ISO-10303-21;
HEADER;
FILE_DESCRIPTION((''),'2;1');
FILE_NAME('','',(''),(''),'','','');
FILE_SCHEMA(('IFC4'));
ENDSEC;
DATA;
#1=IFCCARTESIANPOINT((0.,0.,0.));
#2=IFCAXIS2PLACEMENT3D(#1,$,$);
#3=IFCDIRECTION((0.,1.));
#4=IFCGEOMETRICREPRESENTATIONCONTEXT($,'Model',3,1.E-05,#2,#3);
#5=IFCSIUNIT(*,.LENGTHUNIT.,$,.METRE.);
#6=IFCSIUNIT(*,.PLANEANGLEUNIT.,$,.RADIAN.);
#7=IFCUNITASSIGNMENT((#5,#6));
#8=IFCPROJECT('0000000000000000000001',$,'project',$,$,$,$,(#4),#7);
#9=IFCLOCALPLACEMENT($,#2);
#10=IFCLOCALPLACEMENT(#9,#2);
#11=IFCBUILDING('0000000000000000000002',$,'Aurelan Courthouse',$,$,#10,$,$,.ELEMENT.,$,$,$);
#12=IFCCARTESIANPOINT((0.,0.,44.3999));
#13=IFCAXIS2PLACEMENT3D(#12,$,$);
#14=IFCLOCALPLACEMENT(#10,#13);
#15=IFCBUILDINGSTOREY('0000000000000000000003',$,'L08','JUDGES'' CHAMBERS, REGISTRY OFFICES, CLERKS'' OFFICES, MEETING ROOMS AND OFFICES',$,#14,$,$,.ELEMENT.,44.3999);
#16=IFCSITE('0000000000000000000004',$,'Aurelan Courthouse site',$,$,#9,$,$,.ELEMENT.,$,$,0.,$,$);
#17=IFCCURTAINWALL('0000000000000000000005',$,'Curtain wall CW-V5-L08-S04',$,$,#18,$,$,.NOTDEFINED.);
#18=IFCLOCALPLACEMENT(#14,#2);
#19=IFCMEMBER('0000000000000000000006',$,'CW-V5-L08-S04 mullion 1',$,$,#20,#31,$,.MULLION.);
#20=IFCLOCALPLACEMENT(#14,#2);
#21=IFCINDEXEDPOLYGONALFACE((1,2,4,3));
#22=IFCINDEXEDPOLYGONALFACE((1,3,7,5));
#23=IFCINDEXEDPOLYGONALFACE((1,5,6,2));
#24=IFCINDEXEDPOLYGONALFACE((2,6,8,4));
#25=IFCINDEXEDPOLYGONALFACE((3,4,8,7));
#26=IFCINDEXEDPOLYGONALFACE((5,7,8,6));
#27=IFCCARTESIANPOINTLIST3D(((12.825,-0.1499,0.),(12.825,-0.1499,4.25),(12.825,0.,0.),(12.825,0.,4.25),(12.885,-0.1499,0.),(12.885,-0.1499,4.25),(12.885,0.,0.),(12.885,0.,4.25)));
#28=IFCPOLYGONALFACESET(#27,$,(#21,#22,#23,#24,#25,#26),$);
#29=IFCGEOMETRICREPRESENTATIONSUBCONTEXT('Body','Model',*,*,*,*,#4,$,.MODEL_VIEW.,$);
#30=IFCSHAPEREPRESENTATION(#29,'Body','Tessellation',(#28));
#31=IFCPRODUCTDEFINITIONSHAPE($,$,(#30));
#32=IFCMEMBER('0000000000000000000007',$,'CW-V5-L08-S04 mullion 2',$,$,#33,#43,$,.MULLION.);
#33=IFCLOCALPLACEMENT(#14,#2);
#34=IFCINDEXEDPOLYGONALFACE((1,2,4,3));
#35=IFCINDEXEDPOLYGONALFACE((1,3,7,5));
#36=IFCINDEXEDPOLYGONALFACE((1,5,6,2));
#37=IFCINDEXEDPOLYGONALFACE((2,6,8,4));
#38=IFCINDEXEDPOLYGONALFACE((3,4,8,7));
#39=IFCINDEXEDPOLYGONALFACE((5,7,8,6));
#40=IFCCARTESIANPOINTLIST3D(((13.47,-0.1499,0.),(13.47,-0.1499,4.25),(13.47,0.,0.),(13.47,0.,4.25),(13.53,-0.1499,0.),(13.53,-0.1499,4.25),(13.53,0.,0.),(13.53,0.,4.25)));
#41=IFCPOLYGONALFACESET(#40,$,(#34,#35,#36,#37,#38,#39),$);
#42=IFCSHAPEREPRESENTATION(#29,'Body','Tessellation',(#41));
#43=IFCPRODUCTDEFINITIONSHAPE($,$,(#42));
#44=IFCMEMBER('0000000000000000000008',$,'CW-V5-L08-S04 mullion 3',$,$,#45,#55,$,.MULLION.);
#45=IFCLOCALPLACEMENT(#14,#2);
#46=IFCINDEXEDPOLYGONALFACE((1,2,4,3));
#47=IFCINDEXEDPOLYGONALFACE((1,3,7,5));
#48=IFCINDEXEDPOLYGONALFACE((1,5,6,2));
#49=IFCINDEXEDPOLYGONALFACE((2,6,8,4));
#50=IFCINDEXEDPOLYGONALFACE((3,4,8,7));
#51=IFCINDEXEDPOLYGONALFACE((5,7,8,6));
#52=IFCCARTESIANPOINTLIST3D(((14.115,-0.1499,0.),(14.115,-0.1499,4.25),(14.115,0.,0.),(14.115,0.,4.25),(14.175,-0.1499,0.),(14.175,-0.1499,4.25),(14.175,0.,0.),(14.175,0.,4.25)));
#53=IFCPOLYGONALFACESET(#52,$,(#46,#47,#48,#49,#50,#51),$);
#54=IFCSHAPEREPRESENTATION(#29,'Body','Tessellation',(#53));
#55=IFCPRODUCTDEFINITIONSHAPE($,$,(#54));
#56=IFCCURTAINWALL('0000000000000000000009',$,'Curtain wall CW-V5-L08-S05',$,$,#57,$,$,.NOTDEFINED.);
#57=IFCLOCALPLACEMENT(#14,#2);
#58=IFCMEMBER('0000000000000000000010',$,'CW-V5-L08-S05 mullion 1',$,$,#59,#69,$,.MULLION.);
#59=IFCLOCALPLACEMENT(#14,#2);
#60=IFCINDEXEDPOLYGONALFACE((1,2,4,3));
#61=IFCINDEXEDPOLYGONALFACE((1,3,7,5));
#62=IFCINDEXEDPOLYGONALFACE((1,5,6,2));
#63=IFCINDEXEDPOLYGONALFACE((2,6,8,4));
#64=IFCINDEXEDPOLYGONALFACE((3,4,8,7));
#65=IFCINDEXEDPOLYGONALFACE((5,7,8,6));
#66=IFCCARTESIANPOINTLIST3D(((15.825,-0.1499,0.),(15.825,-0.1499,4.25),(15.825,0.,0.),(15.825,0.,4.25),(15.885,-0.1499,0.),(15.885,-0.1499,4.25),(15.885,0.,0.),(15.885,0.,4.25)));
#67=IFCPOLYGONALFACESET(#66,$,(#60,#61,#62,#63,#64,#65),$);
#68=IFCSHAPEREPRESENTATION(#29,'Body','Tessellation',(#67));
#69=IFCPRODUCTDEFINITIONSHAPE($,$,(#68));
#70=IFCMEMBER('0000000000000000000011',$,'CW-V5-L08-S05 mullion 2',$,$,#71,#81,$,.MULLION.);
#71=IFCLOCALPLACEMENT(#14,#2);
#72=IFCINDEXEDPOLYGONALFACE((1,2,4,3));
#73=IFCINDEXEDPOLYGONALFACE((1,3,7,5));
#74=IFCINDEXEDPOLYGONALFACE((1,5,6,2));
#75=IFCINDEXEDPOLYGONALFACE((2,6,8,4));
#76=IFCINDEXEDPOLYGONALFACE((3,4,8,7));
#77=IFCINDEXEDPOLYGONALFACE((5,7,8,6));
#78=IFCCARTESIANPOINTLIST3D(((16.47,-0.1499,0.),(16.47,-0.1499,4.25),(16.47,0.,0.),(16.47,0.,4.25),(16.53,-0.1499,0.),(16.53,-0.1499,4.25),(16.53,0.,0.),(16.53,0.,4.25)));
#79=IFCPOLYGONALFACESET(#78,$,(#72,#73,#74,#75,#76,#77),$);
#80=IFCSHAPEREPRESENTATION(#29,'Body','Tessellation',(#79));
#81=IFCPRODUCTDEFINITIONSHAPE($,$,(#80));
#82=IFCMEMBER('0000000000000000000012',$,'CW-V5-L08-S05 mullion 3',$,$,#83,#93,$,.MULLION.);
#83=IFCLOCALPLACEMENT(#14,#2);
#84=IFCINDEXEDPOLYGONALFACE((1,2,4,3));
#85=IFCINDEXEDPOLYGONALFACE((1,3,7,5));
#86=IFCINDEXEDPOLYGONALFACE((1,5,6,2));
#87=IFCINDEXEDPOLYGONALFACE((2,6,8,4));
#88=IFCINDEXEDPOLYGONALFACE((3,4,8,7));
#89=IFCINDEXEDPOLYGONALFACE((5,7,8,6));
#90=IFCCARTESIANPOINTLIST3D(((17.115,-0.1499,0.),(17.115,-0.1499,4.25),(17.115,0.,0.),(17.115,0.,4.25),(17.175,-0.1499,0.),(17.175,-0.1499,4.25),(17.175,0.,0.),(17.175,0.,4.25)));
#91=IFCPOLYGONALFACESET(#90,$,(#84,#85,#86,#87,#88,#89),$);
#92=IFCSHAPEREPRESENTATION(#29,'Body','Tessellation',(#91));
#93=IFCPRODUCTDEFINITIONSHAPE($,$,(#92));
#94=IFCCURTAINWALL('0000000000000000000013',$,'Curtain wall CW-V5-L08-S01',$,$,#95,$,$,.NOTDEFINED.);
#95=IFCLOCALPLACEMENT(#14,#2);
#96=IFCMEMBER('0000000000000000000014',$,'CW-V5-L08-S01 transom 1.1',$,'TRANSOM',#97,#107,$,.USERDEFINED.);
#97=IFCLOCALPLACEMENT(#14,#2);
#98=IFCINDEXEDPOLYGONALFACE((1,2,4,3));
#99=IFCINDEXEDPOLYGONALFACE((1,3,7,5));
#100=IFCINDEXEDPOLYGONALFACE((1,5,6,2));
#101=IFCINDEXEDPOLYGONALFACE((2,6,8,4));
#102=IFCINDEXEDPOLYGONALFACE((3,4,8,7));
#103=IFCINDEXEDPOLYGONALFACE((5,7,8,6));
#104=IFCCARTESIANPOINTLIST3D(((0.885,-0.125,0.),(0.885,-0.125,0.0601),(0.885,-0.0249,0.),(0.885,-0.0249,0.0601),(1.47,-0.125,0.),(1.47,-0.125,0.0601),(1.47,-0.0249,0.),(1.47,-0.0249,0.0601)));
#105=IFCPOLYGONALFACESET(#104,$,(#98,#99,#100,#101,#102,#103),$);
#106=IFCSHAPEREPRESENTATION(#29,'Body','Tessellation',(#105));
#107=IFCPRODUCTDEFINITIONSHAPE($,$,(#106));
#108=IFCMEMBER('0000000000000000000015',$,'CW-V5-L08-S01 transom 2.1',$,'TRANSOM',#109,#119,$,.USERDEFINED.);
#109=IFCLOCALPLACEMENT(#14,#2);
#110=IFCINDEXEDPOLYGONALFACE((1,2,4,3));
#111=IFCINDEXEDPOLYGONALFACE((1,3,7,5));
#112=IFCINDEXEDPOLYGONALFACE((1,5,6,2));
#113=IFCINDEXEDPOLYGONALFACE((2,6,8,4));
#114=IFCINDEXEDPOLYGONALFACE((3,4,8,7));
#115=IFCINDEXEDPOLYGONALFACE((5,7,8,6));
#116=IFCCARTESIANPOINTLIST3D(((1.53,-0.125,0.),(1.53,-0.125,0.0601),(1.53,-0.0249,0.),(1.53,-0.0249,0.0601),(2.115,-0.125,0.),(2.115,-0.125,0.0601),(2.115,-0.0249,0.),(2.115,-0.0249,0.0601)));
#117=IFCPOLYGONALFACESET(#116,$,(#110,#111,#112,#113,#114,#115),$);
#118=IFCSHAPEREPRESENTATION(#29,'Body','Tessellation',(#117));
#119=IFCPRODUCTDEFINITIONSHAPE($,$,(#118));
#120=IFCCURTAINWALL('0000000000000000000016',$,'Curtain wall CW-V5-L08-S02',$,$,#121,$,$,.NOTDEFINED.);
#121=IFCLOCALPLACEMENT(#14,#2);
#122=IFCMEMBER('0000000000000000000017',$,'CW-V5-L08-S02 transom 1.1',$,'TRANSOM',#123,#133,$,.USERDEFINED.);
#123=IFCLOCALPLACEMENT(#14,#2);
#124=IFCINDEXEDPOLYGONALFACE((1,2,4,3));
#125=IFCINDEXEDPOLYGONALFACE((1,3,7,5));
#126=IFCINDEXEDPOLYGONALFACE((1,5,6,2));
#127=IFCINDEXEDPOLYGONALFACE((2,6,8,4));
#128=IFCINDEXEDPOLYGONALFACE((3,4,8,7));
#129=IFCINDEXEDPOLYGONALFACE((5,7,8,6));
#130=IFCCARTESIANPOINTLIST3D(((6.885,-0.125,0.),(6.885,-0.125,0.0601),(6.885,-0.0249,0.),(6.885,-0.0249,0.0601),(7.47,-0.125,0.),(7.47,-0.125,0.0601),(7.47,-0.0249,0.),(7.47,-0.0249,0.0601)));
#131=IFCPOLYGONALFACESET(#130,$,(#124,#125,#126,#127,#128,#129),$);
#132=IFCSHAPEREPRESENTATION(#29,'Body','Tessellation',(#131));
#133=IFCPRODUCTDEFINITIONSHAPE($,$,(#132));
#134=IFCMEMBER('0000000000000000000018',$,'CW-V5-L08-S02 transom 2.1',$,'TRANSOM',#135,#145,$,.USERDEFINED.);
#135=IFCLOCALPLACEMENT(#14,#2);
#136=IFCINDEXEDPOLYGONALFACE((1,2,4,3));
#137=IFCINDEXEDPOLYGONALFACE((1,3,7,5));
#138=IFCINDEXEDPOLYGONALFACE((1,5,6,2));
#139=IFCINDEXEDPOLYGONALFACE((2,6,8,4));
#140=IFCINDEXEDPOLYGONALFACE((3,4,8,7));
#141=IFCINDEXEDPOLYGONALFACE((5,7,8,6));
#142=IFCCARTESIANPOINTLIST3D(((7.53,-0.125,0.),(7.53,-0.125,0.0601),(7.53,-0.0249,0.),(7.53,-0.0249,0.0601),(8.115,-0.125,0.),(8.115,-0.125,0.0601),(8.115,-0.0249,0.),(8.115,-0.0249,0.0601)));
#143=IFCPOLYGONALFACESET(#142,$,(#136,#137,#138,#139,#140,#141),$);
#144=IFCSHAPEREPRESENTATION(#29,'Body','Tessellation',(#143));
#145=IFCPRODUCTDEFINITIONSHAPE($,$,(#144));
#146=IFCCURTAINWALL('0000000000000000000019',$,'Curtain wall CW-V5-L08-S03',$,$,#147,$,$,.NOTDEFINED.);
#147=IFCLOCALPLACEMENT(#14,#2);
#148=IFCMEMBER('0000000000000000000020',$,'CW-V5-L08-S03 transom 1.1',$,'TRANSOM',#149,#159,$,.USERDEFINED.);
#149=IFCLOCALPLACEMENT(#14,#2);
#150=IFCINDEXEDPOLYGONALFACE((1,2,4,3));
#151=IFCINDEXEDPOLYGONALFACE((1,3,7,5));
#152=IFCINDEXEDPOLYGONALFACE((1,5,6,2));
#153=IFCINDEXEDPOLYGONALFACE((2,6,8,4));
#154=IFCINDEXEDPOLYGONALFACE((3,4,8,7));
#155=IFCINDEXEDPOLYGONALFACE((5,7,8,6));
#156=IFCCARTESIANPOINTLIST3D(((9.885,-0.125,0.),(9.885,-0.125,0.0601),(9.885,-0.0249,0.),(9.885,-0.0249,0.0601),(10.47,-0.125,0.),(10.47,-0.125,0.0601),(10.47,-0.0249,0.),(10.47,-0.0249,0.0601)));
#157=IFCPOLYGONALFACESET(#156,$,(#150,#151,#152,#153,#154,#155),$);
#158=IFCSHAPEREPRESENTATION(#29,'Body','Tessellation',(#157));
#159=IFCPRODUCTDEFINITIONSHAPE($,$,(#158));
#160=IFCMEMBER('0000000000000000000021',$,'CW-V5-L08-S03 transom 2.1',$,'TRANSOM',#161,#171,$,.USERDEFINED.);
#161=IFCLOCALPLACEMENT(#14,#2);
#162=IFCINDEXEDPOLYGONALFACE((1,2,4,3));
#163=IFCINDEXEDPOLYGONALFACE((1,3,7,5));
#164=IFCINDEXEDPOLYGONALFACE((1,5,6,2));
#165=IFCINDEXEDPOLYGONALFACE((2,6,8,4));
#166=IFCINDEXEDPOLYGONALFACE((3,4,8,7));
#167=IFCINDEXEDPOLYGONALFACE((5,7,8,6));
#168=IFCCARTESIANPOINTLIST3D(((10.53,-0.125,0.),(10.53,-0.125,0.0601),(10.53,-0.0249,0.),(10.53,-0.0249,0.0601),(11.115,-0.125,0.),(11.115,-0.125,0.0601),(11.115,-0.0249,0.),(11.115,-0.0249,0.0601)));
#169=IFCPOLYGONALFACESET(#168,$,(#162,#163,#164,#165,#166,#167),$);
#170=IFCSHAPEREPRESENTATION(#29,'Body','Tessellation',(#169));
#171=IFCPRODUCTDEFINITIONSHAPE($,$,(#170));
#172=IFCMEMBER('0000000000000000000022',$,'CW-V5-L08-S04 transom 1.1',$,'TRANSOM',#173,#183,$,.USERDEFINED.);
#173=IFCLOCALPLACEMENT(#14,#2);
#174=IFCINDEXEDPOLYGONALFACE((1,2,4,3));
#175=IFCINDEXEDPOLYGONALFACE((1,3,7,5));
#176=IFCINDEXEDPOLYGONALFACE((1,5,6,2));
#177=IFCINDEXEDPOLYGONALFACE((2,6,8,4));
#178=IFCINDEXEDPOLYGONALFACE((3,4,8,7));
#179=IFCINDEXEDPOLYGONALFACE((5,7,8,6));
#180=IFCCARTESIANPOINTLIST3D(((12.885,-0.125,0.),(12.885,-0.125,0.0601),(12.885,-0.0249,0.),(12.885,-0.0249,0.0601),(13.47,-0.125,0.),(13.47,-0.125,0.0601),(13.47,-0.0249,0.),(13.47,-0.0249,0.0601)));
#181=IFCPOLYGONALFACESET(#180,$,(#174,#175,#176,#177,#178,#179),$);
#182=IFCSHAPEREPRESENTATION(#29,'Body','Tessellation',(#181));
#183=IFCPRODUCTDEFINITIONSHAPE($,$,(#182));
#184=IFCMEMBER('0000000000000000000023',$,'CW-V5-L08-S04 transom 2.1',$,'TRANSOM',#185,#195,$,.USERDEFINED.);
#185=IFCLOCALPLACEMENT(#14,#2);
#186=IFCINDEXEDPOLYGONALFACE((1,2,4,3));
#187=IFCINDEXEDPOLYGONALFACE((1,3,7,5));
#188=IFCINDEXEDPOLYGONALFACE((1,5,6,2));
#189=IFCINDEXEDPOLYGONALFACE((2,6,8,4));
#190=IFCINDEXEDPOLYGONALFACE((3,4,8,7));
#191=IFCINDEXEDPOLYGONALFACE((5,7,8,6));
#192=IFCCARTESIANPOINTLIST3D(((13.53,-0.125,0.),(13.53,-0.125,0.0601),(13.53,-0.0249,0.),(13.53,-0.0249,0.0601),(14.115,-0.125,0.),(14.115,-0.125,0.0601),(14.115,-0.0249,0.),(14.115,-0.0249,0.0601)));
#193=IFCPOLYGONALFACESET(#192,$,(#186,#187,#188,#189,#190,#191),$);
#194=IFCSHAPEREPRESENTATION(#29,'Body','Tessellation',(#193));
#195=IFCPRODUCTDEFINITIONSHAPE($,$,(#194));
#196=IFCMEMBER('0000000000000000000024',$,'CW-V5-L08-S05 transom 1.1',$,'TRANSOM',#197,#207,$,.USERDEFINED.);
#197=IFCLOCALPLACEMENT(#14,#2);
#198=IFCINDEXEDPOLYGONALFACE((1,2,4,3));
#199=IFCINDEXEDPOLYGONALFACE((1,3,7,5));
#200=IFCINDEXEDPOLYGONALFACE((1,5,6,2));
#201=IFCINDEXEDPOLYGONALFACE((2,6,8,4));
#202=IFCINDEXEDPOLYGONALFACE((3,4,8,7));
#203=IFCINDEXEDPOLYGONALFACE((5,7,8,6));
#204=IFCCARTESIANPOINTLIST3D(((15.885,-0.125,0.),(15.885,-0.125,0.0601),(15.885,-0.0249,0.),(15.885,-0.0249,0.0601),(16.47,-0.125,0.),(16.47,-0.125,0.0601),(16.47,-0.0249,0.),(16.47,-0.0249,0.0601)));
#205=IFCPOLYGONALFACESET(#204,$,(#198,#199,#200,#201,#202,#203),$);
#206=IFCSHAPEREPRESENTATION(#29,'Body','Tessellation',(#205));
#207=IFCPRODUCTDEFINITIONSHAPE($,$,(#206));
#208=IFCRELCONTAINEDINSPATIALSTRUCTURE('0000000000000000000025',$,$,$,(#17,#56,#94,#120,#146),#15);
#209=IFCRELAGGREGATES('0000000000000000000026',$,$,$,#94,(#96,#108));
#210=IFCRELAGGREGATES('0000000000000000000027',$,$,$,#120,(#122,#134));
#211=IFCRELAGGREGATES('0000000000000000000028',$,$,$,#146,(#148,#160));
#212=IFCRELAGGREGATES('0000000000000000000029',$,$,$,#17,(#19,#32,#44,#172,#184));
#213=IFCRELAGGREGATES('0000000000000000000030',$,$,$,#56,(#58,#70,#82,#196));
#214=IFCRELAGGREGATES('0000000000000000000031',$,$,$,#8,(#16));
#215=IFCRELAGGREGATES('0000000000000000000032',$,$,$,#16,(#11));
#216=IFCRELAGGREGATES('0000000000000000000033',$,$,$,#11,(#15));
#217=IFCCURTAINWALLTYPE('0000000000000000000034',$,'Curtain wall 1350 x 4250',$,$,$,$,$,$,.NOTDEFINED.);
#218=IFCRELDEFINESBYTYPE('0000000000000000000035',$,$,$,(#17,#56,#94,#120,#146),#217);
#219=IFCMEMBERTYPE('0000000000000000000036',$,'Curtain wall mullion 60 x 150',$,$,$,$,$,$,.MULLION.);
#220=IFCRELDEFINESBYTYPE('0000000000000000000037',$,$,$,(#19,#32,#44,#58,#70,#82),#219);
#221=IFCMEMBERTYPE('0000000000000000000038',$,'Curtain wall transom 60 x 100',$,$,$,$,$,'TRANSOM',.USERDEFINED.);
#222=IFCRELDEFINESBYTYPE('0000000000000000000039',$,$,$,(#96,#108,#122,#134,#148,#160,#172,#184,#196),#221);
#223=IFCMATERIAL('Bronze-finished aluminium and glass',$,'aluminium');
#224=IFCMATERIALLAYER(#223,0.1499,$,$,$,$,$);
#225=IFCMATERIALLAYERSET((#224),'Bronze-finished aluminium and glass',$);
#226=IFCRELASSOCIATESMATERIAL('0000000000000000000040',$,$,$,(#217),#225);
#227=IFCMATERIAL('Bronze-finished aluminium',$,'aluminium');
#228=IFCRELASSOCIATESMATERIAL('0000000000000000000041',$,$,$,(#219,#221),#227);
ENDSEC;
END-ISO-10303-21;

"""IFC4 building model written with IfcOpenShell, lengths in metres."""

from ifc_helpers import new_model, si_unit, direction, frame, origin, origin_2d, place, context, subcontext, project, spatial, rectangle, extrude, material, layer, layer_set, material_profile, profile_set, type_object, element, aggregate, save


model = new_model("IFC4")

# Units and contexts
model_context = context("Model", 3, precision=1e-05, world=origin(), true_north=direction((0.0, 1.0)))
body_context = subcontext(model_context, "Body", "Model", "MODEL_VIEW")
ifc_project = project(units=[si_unit("LENGTHUNIT", "METRE"), si_unit("PLANEANGLEUNIT", "RADIAN")], contexts=[model_context])

# Site, building, storey
site_placement = place(None, origin())
site = spatial("IfcSite", under=ifc_project, at=site_placement, Name="Aurelan Courthouse site", CompositionType="ELEMENT", RefElevation=0.0)
building_placement = place(site_placement, origin())
building = spatial("IfcBuilding", under=site, at=building_placement, Name="Aurelan Courthouse", CompositionType="ELEMENT")
storey_placement = place(building_placement, frame((0.0, 0.0, 44.3999)))
storey = spatial("IfcBuildingStorey", under=building, at=storey_placement, Name="L08", Description="JUDGES' CHAMBERS, REGISTRY OFFICES, CLERKS' OFFICES, MEETING ROOMS AND OFFICES", CompositionType="ELEMENT", Elevation=44.3999)

# Curtain walls, members
ifc_material_1 = material(Name="Bronze-finished aluminium and glass", Category="aluminium")
ifc_layer_1 = layer(ifc_material_1, 0.1499)
ifc_layer_set_1 = layer_set([ifc_layer_1], Name="Bronze-finished aluminium and glass")
curtain_wall_type = type_object("IfcCurtainWallType", Name="Curtain wall 1350 x 4250", PredefinedType="NOTDEFINED", material=ifc_layer_set_1)
curtain_wall_1_placement = place(storey_placement, origin())
curtain_wall_1 = element("IfcCurtainWall", 1, at=curtain_wall_1_placement, inside=storey, type_object=curtain_wall_type, Name="Curtain wall CW-V5-L08-S04", PredefinedType="NOTDEFINED")
ifc_material_2 = material(Name="Bronze-finished aluminium", Category="aluminium")
ifc_material_profile_1 = material_profile(ifc_material_2, rectangle(XDim=0.1499, YDim=0.0601, at=origin_2d()), Name="Bronze mullion 60 x 150")
ifc_profile_set_1 = profile_set([ifc_material_profile_1], Name="Bronze-finished aluminium")
member_type_1 = type_object("IfcMemberType", Name="Curtain wall mullion 60 x 150", PredefinedType="MULLION", material=ifc_profile_set_1)
member_1_placement = place(storey_placement, frame((12.855, -0.075, 0.0), z_axis=(0.0, 0.0, 1.0), x_axis=(0.0, 1.0, 0.0)))
member_1 = element("IfcMember", 2, at=member_1_placement, type_object=member_type_1, Name="CW-V5-L08-S04 mullion 1", PredefinedType="MULLION", context=body_context, shape_type="SweptSolid", body=[
    extrude(rectangle(XDim=0.1499, YDim=0.0601, at=origin_2d()), origin(), (0.0, 0.0, 1.0), 4.25),
])
member_2_placement = place(storey_placement, frame((13.5, -0.075, 0.0), z_axis=(0.0, 0.0, 1.0), x_axis=(0.0, 1.0, 0.0)))
member_2 = element("IfcMember", 3, at=member_2_placement, type_object=member_type_1, Name="CW-V5-L08-S04 mullion 2", PredefinedType="MULLION", context=body_context, shape_type="SweptSolid", body=[
    extrude(rectangle(XDim=0.1499, YDim=0.0601, at=origin_2d()), origin(), (0.0, 0.0, 1.0), 4.25),
])
member_3_placement = place(storey_placement, frame((14.145, -0.075, 0.0), z_axis=(0.0, 0.0, 1.0), x_axis=(0.0, 1.0, 0.0)))
member_3 = element("IfcMember", 4, at=member_3_placement, type_object=member_type_1, Name="CW-V5-L08-S04 mullion 3", PredefinedType="MULLION", context=body_context, shape_type="SweptSolid", body=[
    extrude(rectangle(XDim=0.1499, YDim=0.0601, at=origin_2d()), origin(), (0.0, 0.0, 1.0), 4.25),
])
curtain_wall_2_placement = place(storey_placement, origin())
curtain_wall_2 = element("IfcCurtainWall", 5, at=curtain_wall_2_placement, inside=storey, type_object=curtain_wall_type, Name="Curtain wall CW-V5-L08-S05", PredefinedType="NOTDEFINED")
member_4_placement = place(storey_placement, frame((15.855, -0.075, 0.0), z_axis=(0.0, 0.0, 1.0), x_axis=(0.0, 1.0, 0.0)))
member_4 = element("IfcMember", 6, at=member_4_placement, type_object=member_type_1, Name="CW-V5-L08-S05 mullion 1", PredefinedType="MULLION", context=body_context, shape_type="SweptSolid", body=[
    extrude(rectangle(XDim=0.1499, YDim=0.0601, at=origin_2d()), origin(), (0.0, 0.0, 1.0), 4.25),
])
member_5_placement = place(storey_placement, frame((16.5, -0.075, 0.0), z_axis=(0.0, 0.0, 1.0), x_axis=(0.0, 1.0, 0.0)))
member_5 = element("IfcMember", 7, at=member_5_placement, type_object=member_type_1, Name="CW-V5-L08-S05 mullion 2", PredefinedType="MULLION", context=body_context, shape_type="SweptSolid", body=[
    extrude(rectangle(XDim=0.1499, YDim=0.0601, at=origin_2d()), origin(), (0.0, 0.0, 1.0), 4.25),
])
member_6_placement = place(storey_placement, frame((17.145, -0.075, 0.0), z_axis=(0.0, 0.0, 1.0), x_axis=(0.0, 1.0, 0.0)))
member_6 = element("IfcMember", 8, at=member_6_placement, type_object=member_type_1, Name="CW-V5-L08-S05 mullion 3", PredefinedType="MULLION", context=body_context, shape_type="SweptSolid", body=[
    extrude(rectangle(XDim=0.1499, YDim=0.0601, at=origin_2d()), origin(), (0.0, 0.0, 1.0), 4.25),
])
curtain_wall_3_placement = place(storey_placement, origin())
curtain_wall_3 = element("IfcCurtainWall", 9, at=curtain_wall_3_placement, inside=storey, type_object=curtain_wall_type, Name="Curtain wall CW-V5-L08-S01", PredefinedType="NOTDEFINED")
ifc_material_profile_2 = material_profile(ifc_material_2, rectangle(XDim=0.1001, YDim=0.0601, at=origin_2d()), Name="Bronze transom 60 x 100")
ifc_profile_set_2 = profile_set([ifc_material_profile_2], Name="Bronze-finished aluminium")
member_type_2 = type_object("IfcMemberType", Name="Curtain wall transom 60 x 100", ElementType="TRANSOM", PredefinedType="USERDEFINED", material=ifc_profile_set_2)
member_7_placement = place(storey_placement, frame((0.885, -0.075, 0.03), z_axis=(1.0, 0.0, 0.0), x_axis=(0.0, 1.0, 0.0)))
member_7 = element("IfcMember", 10, at=member_7_placement, type_object=member_type_2, Name="CW-V5-L08-S01 transom 1.1", ObjectType="TRANSOM", PredefinedType="USERDEFINED", context=body_context, shape_type="SweptSolid", body=[
    extrude(rectangle(XDim=0.1001, YDim=0.0601, at=origin_2d()), origin(), (0.0, 0.0, 1.0), 0.585),
])
member_8_placement = place(storey_placement, frame((1.53, -0.075, 0.03), z_axis=(1.0, 0.0, 0.0), x_axis=(0.0, 1.0, 0.0)))
member_8 = element("IfcMember", 11, at=member_8_placement, type_object=member_type_2, Name="CW-V5-L08-S01 transom 2.1", ObjectType="TRANSOM", PredefinedType="USERDEFINED", context=body_context, shape_type="SweptSolid", body=[
    extrude(rectangle(XDim=0.1001, YDim=0.0601, at=origin_2d()), origin(), (0.0, 0.0, 1.0), 0.585),
])
aggregate(curtain_wall_3, [member_7, member_8])
curtain_wall_4_placement = place(storey_placement, origin())
curtain_wall_4 = element("IfcCurtainWall", 12, at=curtain_wall_4_placement, inside=storey, type_object=curtain_wall_type, Name="Curtain wall CW-V5-L08-S02", PredefinedType="NOTDEFINED")
member_9_placement = place(storey_placement, frame((6.885, -0.075, 0.03), z_axis=(1.0, 0.0, 0.0), x_axis=(0.0, 1.0, 0.0)))
member_9 = element("IfcMember", 13, at=member_9_placement, type_object=member_type_2, Name="CW-V5-L08-S02 transom 1.1", ObjectType="TRANSOM", PredefinedType="USERDEFINED", context=body_context, shape_type="SweptSolid", body=[
    extrude(rectangle(XDim=0.1001, YDim=0.0601, at=origin_2d()), origin(), (0.0, 0.0, 1.0), 0.585),
])
member_10_placement = place(storey_placement, frame((7.53, -0.075, 0.03), z_axis=(1.0, 0.0, 0.0), x_axis=(0.0, 1.0, 0.0)))
member_10 = element("IfcMember", 14, at=member_10_placement, type_object=member_type_2, Name="CW-V5-L08-S02 transom 2.1", ObjectType="TRANSOM", PredefinedType="USERDEFINED", context=body_context, shape_type="SweptSolid", body=[
    extrude(rectangle(XDim=0.1001, YDim=0.0601, at=origin_2d()), origin(), (0.0, 0.0, 1.0), 0.585),
])
aggregate(curtain_wall_4, [member_9, member_10])
curtain_wall_5_placement = place(storey_placement, origin())
curtain_wall_5 = element("IfcCurtainWall", 15, at=curtain_wall_5_placement, inside=storey, type_object=curtain_wall_type, Name="Curtain wall CW-V5-L08-S03", PredefinedType="NOTDEFINED")
member_11_placement = place(storey_placement, frame((9.885, -0.075, 0.03), z_axis=(1.0, 0.0, 0.0), x_axis=(0.0, 1.0, 0.0)))
member_11 = element("IfcMember", 16, at=member_11_placement, type_object=member_type_2, Name="CW-V5-L08-S03 transom 1.1", ObjectType="TRANSOM", PredefinedType="USERDEFINED", context=body_context, shape_type="SweptSolid", body=[
    extrude(rectangle(XDim=0.1001, YDim=0.0601, at=origin_2d()), origin(), (0.0, 0.0, 1.0), 0.585),
])
member_12_placement = place(storey_placement, frame((10.53, -0.075, 0.03), z_axis=(1.0, 0.0, 0.0), x_axis=(0.0, 1.0, 0.0)))
member_12 = element("IfcMember", 17, at=member_12_placement, type_object=member_type_2, Name="CW-V5-L08-S03 transom 2.1", ObjectType="TRANSOM", PredefinedType="USERDEFINED", context=body_context, shape_type="SweptSolid", body=[
    extrude(rectangle(XDim=0.1001, YDim=0.0601, at=origin_2d()), origin(), (0.0, 0.0, 1.0), 0.585),
])
aggregate(curtain_wall_5, [member_11, member_12])

# Members
member_13_placement = place(storey_placement, frame((12.885, -0.075, 0.03), z_axis=(1.0, 0.0, 0.0), x_axis=(0.0, 1.0, 0.0)))
member_13 = element("IfcMember", 18, at=member_13_placement, type_object=member_type_2, Name="CW-V5-L08-S04 transom 1.1", ObjectType="TRANSOM", PredefinedType="USERDEFINED", context=body_context, shape_type="SweptSolid", body=[
    extrude(rectangle(XDim=0.1001, YDim=0.0601, at=origin_2d()), origin(), (0.0, 0.0, 1.0), 0.585),
])
member_14_placement = place(storey_placement, frame((13.53, -0.075, 0.03), z_axis=(1.0, 0.0, 0.0), x_axis=(0.0, 1.0, 0.0)))
member_14 = element("IfcMember", 19, at=member_14_placement, type_object=member_type_2, Name="CW-V5-L08-S04 transom 2.1", ObjectType="TRANSOM", PredefinedType="USERDEFINED", context=body_context, shape_type="SweptSolid", body=[
    extrude(rectangle(XDim=0.1001, YDim=0.0601, at=origin_2d()), origin(), (0.0, 0.0, 1.0), 0.585),
])
aggregate(curtain_wall_1, [member_1, member_2, member_3, member_13, member_14])
member_15_placement = place(storey_placement, frame((15.885, -0.075, 0.03), z_axis=(1.0, 0.0, 0.0), x_axis=(0.0, 1.0, 0.0)))
member_15 = element("IfcMember", 20, at=member_15_placement, type_object=member_type_2, Name="CW-V5-L08-S05 transom 1.1", ObjectType="TRANSOM", PredefinedType="USERDEFINED", context=body_context, shape_type="SweptSolid", body=[
    extrude(rectangle(XDim=0.1001, YDim=0.0601, at=origin_2d()), origin(), (0.0, 0.0, 1.0), 0.585),
])
aggregate(curtain_wall_2, [member_4, member_5, member_6, member_15])

save(model, "model.ifc")
